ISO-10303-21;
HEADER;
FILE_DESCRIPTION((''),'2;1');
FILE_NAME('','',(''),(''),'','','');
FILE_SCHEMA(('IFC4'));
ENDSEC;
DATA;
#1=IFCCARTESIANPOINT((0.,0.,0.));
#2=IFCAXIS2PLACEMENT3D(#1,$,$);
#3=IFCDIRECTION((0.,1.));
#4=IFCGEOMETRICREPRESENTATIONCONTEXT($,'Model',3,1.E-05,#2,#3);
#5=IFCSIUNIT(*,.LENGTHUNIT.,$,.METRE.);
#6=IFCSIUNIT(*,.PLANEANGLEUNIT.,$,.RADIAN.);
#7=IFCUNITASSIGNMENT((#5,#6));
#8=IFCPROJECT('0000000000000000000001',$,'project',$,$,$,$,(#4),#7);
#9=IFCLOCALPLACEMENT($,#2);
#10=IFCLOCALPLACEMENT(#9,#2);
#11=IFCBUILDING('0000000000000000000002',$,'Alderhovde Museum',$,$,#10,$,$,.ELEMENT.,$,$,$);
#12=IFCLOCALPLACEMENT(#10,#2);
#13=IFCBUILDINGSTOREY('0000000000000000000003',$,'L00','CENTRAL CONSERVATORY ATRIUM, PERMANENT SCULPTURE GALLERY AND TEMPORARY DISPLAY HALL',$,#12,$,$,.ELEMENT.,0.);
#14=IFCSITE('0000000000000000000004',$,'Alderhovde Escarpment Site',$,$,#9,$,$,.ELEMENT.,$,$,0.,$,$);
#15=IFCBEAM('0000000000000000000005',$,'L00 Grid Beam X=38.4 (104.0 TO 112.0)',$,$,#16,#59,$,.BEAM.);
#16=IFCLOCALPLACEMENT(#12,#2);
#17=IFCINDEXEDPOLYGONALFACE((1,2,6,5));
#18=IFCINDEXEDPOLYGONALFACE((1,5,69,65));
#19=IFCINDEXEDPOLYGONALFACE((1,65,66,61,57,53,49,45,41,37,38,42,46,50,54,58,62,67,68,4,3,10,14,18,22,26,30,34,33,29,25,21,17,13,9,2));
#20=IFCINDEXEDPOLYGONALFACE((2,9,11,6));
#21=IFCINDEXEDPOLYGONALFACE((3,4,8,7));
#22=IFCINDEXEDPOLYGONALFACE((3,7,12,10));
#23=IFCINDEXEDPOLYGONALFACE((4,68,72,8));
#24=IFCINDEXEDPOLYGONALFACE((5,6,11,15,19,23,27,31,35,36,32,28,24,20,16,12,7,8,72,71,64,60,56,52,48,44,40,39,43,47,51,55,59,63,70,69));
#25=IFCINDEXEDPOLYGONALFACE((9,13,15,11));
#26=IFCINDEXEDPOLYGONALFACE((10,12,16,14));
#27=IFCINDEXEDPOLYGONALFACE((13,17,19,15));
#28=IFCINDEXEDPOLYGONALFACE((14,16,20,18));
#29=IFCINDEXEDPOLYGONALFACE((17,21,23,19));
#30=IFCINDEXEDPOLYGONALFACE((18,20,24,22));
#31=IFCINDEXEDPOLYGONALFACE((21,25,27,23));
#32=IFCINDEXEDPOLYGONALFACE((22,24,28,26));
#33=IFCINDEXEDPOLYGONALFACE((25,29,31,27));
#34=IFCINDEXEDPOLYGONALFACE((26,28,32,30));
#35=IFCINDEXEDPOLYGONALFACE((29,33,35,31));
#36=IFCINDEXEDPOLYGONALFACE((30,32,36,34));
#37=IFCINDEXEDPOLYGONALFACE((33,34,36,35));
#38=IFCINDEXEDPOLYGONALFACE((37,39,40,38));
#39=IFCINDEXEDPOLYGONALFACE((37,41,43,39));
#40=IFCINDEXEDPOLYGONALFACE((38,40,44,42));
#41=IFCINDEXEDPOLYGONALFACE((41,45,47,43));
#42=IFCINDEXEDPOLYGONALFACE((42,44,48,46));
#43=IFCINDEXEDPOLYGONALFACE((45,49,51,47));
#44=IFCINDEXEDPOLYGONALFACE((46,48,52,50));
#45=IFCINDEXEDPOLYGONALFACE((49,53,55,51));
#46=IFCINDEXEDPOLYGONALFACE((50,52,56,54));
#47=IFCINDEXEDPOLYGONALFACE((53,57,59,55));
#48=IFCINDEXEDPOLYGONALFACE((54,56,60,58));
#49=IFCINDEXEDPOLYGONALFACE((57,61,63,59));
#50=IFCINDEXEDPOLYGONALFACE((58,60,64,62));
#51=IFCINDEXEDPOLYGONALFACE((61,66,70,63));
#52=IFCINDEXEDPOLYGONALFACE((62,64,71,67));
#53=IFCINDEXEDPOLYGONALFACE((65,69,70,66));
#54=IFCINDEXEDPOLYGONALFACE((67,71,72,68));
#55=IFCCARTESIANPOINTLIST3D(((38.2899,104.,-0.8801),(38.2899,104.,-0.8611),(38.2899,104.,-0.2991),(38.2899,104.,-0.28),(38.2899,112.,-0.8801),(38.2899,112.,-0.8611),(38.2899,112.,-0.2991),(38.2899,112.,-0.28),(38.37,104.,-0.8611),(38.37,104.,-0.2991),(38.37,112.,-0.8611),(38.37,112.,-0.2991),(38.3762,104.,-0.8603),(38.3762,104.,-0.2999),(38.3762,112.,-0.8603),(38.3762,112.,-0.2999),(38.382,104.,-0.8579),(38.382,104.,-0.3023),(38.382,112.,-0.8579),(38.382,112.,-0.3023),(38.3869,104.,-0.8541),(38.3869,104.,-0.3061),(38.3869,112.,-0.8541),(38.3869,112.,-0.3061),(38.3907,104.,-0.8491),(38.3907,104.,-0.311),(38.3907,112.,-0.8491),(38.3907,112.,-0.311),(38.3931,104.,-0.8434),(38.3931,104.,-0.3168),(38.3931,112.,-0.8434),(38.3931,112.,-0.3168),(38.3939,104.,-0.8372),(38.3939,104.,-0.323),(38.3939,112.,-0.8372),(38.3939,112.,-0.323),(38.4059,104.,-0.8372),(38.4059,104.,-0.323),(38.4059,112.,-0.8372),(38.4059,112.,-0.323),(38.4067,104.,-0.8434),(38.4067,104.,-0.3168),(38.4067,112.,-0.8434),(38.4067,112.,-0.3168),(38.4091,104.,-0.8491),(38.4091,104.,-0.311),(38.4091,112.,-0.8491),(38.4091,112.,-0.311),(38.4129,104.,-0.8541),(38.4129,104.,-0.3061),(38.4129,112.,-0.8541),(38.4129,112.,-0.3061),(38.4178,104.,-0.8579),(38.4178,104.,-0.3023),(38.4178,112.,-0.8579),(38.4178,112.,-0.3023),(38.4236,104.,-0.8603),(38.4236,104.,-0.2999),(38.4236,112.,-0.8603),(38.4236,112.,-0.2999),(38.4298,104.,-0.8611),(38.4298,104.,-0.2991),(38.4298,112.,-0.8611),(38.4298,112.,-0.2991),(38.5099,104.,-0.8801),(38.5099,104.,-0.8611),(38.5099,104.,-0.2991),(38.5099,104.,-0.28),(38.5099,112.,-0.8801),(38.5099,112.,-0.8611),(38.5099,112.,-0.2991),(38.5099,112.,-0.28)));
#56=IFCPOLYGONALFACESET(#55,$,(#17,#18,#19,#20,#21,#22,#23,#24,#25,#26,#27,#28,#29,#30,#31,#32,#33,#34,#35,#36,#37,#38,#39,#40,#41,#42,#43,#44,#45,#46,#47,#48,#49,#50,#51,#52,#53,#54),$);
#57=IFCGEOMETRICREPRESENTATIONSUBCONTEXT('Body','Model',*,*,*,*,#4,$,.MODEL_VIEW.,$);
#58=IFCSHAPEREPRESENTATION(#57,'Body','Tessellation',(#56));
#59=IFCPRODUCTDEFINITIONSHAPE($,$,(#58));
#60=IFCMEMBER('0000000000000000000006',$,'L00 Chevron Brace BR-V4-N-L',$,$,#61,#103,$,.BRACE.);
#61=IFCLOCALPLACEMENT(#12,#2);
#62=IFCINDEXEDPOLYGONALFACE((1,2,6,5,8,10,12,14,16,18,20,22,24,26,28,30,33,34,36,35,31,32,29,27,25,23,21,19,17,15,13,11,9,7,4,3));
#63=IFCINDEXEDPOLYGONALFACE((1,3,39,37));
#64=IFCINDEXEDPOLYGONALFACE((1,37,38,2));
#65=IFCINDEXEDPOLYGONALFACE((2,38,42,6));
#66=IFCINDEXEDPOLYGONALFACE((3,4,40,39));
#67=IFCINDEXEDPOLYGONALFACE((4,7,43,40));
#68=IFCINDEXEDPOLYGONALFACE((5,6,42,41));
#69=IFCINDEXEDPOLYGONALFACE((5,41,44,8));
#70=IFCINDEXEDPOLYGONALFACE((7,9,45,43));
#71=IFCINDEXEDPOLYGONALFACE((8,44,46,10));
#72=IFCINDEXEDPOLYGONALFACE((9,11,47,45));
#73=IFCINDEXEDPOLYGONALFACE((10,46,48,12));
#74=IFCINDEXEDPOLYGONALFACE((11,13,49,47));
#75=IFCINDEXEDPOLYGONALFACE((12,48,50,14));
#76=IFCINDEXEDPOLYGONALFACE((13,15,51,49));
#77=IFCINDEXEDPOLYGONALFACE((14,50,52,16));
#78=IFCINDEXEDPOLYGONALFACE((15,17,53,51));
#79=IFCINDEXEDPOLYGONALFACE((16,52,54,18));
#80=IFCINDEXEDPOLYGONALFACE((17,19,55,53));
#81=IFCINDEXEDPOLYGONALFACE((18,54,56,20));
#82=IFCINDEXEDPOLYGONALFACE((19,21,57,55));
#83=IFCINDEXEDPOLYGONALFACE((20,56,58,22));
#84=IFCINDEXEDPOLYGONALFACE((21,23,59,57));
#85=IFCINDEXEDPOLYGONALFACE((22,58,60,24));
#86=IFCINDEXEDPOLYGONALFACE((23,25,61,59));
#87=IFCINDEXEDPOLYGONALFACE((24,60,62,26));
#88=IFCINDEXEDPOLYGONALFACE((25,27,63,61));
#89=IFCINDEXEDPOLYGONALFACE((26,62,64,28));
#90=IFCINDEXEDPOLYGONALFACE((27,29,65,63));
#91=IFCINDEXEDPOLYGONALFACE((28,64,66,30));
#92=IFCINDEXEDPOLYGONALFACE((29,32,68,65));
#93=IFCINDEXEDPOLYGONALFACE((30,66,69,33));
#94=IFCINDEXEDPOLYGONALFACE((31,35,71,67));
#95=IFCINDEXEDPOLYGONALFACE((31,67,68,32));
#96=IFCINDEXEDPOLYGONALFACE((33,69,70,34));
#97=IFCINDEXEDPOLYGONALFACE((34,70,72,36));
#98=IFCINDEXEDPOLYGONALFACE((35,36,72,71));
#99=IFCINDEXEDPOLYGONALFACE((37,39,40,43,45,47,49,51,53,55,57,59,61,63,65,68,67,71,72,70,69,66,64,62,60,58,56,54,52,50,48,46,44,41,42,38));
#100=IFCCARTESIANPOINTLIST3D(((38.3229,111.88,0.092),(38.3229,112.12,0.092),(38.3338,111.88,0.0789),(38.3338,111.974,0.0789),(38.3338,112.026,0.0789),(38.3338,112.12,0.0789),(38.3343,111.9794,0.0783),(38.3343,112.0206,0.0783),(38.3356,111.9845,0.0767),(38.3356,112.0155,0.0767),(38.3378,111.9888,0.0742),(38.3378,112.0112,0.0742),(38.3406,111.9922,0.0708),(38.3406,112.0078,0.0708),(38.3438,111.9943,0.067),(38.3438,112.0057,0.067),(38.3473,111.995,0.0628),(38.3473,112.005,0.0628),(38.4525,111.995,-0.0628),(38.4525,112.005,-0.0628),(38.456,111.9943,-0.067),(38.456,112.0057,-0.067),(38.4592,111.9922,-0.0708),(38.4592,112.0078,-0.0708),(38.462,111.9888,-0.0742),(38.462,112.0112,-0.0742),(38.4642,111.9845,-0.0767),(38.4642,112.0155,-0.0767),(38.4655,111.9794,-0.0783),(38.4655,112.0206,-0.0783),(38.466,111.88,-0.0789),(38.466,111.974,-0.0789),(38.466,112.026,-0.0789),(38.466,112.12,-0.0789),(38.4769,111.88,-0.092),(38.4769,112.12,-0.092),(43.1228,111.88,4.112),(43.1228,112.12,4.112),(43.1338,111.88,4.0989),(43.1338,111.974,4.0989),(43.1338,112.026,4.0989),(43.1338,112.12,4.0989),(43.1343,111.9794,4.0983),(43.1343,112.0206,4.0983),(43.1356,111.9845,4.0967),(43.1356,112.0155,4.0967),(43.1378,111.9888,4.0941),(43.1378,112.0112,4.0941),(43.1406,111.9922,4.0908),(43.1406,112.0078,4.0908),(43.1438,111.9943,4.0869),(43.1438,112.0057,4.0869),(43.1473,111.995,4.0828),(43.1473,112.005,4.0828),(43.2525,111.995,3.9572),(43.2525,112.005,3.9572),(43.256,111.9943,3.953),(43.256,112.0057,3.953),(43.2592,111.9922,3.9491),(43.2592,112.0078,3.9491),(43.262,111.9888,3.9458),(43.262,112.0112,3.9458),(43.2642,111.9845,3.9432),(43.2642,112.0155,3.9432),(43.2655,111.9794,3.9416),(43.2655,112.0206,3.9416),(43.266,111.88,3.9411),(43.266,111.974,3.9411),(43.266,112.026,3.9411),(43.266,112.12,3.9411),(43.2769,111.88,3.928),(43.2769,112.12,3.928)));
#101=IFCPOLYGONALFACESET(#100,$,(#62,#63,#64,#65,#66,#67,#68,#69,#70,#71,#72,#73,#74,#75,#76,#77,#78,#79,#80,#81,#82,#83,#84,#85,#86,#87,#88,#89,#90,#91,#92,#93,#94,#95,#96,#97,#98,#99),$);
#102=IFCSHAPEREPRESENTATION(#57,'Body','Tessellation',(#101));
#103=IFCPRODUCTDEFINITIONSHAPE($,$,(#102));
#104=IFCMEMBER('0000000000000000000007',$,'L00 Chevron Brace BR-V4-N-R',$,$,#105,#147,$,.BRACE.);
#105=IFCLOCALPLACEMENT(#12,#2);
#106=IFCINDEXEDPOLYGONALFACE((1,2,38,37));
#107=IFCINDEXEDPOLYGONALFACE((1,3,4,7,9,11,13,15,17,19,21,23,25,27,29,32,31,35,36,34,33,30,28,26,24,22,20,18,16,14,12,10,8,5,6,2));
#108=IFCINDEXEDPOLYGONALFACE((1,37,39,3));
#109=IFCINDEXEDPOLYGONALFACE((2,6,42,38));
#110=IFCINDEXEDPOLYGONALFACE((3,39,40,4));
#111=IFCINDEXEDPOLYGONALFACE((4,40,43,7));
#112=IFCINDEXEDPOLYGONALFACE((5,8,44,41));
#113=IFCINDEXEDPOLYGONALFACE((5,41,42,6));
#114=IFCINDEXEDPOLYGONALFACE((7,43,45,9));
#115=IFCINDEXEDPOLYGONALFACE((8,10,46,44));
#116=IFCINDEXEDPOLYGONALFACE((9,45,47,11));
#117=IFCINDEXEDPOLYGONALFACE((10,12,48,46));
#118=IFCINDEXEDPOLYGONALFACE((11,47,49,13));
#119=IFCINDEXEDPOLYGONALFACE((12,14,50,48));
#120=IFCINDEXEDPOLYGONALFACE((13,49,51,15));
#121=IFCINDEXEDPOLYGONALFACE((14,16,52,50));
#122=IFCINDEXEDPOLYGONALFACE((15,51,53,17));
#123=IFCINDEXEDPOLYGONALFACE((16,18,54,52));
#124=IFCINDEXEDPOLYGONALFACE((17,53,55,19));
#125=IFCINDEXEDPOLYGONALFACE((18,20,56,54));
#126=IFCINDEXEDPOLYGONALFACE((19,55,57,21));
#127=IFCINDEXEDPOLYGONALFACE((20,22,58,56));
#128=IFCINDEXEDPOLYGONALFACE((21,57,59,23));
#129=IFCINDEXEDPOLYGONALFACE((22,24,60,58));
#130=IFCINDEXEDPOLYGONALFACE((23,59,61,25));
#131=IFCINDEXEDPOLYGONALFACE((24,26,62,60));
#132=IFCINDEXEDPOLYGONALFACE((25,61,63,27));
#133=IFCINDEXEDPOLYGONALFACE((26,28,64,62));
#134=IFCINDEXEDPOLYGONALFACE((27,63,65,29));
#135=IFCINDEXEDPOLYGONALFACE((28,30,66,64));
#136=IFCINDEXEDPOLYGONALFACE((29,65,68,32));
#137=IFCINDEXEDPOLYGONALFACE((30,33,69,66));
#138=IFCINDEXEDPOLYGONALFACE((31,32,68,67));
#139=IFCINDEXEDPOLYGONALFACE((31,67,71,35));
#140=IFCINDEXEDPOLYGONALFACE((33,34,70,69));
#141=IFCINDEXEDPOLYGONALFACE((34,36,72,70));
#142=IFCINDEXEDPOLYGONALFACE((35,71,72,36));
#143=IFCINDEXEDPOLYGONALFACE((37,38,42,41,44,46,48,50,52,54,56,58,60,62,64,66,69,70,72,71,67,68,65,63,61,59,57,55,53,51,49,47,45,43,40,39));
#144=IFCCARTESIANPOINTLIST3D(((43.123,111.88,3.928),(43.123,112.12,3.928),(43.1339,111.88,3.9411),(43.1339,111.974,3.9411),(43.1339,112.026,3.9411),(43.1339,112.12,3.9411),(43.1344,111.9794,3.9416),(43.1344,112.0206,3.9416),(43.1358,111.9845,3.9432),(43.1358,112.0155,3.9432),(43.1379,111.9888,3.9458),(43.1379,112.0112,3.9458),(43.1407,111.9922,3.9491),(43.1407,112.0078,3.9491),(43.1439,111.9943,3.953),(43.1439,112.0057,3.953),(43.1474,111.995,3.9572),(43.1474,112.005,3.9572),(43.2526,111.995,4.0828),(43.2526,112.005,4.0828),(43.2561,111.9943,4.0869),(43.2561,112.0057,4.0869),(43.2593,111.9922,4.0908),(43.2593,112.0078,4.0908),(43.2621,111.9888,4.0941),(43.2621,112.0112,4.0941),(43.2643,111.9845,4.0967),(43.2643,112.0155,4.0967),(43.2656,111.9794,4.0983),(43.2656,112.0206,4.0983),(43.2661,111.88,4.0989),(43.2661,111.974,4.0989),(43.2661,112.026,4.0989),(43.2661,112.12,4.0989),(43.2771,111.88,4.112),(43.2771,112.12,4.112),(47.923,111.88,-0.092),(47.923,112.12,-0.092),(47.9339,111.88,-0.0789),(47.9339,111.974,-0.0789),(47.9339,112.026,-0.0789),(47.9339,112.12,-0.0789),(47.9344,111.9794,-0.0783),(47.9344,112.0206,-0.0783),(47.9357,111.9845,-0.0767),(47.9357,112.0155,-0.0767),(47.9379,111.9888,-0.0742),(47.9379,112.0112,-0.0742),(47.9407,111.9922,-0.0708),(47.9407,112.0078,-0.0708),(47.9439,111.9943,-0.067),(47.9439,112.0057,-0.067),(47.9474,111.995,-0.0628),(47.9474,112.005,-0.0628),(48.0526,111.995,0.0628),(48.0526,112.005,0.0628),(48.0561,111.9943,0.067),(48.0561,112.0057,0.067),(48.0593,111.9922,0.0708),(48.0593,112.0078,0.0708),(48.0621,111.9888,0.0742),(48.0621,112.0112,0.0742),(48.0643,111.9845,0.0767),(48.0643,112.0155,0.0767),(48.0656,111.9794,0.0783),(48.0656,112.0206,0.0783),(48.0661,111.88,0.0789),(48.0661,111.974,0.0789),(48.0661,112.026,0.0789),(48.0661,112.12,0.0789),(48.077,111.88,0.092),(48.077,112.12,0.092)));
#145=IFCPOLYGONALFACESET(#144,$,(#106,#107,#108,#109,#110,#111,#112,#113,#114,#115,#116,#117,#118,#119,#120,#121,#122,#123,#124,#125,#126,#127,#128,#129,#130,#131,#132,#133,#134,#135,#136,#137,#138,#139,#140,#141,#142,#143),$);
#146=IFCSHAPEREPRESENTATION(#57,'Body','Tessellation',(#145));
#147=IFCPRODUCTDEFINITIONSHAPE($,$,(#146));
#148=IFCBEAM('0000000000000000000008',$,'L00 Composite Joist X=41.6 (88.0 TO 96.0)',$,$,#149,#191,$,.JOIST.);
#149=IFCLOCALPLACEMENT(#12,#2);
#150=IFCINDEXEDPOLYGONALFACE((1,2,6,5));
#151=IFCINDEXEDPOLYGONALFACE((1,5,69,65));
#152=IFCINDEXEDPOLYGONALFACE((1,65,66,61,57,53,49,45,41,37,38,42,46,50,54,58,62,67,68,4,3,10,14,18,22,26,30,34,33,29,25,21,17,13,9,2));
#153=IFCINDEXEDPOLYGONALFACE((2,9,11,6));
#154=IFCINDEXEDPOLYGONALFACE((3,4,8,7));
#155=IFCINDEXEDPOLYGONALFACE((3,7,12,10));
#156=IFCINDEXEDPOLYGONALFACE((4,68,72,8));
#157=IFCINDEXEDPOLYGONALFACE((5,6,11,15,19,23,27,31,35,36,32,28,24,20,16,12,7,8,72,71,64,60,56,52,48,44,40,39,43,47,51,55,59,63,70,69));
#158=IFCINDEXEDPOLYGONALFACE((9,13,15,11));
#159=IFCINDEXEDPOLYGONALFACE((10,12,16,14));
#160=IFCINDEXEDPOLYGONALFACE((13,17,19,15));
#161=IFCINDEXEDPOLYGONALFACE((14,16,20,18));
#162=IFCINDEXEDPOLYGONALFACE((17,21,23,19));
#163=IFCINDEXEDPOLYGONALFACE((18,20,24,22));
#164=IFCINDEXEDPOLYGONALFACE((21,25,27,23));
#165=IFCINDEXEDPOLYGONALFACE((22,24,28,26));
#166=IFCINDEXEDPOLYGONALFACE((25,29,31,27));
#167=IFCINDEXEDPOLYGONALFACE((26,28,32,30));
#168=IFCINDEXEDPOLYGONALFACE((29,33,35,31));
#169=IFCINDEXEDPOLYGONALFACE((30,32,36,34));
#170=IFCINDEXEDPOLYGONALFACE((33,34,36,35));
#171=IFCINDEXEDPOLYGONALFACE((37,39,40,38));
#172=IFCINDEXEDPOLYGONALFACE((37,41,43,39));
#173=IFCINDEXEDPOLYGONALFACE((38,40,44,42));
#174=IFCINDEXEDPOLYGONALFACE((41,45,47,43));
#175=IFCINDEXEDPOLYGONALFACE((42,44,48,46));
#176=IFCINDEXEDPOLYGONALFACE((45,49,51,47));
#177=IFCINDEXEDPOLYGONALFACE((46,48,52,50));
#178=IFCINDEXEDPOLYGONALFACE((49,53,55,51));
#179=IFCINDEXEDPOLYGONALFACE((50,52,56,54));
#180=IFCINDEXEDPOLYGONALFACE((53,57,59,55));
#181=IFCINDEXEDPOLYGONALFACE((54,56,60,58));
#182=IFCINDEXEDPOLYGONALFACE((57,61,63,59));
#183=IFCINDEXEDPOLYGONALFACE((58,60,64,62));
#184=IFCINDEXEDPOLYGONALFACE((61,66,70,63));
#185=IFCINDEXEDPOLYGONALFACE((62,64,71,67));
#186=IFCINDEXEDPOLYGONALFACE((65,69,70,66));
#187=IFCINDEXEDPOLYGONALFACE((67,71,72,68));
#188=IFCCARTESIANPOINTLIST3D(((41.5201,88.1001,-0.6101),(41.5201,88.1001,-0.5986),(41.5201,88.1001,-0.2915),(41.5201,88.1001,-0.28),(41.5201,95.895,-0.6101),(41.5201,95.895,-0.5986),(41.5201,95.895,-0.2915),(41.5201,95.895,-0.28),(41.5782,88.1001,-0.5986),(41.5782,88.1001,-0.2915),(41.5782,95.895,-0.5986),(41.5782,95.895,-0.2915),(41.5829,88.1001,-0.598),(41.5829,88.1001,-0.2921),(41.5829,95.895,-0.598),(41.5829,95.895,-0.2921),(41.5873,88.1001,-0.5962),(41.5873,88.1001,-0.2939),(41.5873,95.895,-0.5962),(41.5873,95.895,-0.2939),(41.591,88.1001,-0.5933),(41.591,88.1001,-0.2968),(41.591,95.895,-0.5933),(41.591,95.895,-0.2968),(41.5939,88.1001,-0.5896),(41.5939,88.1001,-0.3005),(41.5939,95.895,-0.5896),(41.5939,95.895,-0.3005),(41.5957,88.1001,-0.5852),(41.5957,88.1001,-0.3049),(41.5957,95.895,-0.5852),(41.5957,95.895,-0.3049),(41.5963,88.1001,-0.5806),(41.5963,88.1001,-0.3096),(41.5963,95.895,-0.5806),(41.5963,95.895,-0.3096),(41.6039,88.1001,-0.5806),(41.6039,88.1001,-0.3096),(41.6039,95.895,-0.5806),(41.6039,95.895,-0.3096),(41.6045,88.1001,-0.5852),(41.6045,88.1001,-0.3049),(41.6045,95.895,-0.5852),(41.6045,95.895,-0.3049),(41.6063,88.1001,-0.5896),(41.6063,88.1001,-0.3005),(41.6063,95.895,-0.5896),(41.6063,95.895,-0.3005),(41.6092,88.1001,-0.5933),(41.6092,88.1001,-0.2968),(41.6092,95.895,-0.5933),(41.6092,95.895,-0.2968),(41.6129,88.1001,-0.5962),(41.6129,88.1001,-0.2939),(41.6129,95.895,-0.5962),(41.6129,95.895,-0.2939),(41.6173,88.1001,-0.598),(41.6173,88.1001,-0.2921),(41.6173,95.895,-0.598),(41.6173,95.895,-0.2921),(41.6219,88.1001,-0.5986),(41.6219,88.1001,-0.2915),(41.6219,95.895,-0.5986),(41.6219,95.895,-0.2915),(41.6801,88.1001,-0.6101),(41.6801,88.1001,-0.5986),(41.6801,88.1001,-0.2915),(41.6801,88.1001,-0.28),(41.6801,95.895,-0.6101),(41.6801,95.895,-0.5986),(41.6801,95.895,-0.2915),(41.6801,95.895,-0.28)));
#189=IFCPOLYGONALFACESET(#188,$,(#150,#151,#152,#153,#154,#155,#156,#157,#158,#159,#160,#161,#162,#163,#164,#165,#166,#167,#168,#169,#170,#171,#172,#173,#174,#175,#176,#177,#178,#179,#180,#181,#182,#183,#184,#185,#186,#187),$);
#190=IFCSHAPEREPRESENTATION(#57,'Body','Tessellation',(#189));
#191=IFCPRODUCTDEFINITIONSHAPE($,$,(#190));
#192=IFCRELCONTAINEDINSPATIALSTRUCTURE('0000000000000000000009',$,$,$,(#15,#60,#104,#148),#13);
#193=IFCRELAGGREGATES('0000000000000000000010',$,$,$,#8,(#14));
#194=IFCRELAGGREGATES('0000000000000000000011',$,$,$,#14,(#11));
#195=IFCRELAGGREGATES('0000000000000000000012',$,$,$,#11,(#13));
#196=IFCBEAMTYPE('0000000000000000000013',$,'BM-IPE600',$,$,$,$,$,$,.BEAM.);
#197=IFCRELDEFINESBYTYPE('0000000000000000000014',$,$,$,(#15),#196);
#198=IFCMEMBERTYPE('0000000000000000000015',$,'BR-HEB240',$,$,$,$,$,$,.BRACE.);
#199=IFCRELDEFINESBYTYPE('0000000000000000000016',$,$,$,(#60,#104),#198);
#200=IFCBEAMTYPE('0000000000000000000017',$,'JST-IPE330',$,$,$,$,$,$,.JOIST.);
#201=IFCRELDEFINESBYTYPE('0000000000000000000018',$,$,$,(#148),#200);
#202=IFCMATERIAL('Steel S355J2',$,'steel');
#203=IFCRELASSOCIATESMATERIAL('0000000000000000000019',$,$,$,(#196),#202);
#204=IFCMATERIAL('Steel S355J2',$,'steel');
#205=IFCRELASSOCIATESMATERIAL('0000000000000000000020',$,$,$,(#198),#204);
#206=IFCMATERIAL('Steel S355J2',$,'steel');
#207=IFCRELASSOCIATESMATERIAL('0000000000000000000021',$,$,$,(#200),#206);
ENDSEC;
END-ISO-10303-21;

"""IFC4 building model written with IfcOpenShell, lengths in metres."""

from ifc_helpers import new_model, si_unit, direction, frame, origin, origin_2d, place, context, subcontext, project, spatial, i_section, extrude, material, material_profile, profile_set, type_object, element, save


model = new_model("IFC4")

# Units and contexts
model_context = context("Model", 3, precision=1e-05, world=origin(), true_north=direction((0.0, 1.0)))
body_context = subcontext(model_context, "Body", "Model", "MODEL_VIEW")
ifc_project = project(units=[si_unit("LENGTHUNIT", "METRE"), si_unit("PLANEANGLEUNIT", "RADIAN")], contexts=[model_context])

# Site, building, storey
site_placement = place(None, origin())
site = spatial("IfcSite", under=ifc_project, at=site_placement, Name="Alderhovde Escarpment Site", CompositionType="ELEMENT", RefElevation=0.0)
building_placement = place(site_placement, origin())
building = spatial("IfcBuilding", under=site, at=building_placement, Name="Alderhovde Museum", CompositionType="ELEMENT")
storey_placement = place(building_placement, origin())
storey = spatial("IfcBuildingStorey", under=building, at=storey_placement, Name="L00", Description="CENTRAL CONSERVATORY ATRIUM, PERMANENT SCULPTURE GALLERY AND TEMPORARY DISPLAY HALL", CompositionType="ELEMENT", Elevation=0.0)

# Beam
ifc_material_1 = material(Name="Steel S355J2", Category="steel")
ifc_material_profile_1 = material_profile(ifc_material_1, i_section(OverallWidth=0.22, OverallDepth=0.6001, WebThickness=0.012, FlangeThickness=0.019, FilletRadius=0.0239, at=origin_2d()), Name="IPE 600")
ifc_profile_set_1 = profile_set([ifc_material_profile_1], Name="Steel S355J2")
beam_type_1 = type_object("IfcBeamType", Name="BM-IPE600", PredefinedType="BEAM", material=ifc_profile_set_1)
beam_1_placement = place(storey_placement, frame((38.3999, 104.0, -0.5801), z_axis=(0.0, 1.0, 0.0), x_axis=(-1.0, 0.0, 0.0)))
element("IfcBeam", 1, at=beam_1_placement, inside=storey, type_object=beam_type_1, Name="L00 Grid Beam X=38.4 (104.0 TO 112.0)", PredefinedType="BEAM", context=body_context, shape_type="SweptSolid", body=[
    extrude(i_section(OverallWidth=0.22, OverallDepth=0.6001, WebThickness=0.012, FlangeThickness=0.019, FilletRadius=0.0239, at=origin_2d()), origin(), (0.0, 0.0, 1.0), 8.0),
])

# Members
ifc_material_2 = material(Name="Steel S355J2", Category="steel")
ifc_material_profile_2 = material_profile(ifc_material_2, i_section(OverallWidth=0.24, OverallDepth=0.24, WebThickness=0.01, FlangeThickness=0.0171, FilletRadius=0.021, at=origin_2d()), Name="HEB 240")
ifc_profile_set_2 = profile_set([ifc_material_profile_2], Name="Steel S355J2")
member_type = type_object("IfcMemberType", Name="BR-HEB240", PredefinedType="BRACE", material=ifc_profile_set_2)
for number, where, z_axis, x_axis, name in (
    (2, (38.3999, 112.0, 0.0), (0.76665, 0.0, 0.642066), (0.0, 1.0, 0.0), "L00 Chevron Brace BR-V4-N-L"),
    (3, (48.0, 112.0, 0.0), (-0.76665, 0.0, 0.642066), (0.0, -1.0, 0.0), "L00 Chevron Brace BR-V4-N-R"),
):
    element("IfcMember", number, at=place(storey_placement, frame(where, z_axis=z_axis, x_axis=x_axis)), inside=storey, type_object=member_type, Name=name, PredefinedType="BRACE", context=body_context, shape_type="SweptSolid", body=[
        extrude(i_section(OverallWidth=0.24, OverallDepth=0.24, WebThickness=0.01, FlangeThickness=0.0171, FilletRadius=0.021, at=origin_2d()), origin(), (0.0, 0.0, 1.0), 6.261),
    ])

# Beam
ifc_material_3 = material(Name="Steel S355J2", Category="steel")
ifc_material_profile_3 = material_profile(ifc_material_3, i_section(OverallWidth=0.1599, OverallDepth=0.3301, WebThickness=0.0076, FlangeThickness=0.0115, FilletRadius=0.0181, at=origin_2d()), Name="IPE 330")
ifc_profile_set_3 = profile_set([ifc_material_profile_3], Name="Steel S355J2")
beam_type_2 = type_object("IfcBeamType", Name="JST-IPE330", PredefinedType="JOIST", material=ifc_profile_set_3)
for number, where, z_axis, x_axis, name in (
    (4, (41.6001, 88.1001, -0.4451), (0.0, 1.0, 0.0), (-1.0, 0.0, 0.0), "L00 Composite Joist X=41.6 (88.0 TO 96.0)"),
):
    element("IfcBeam", number, at=place(storey_placement, frame(where, z_axis=z_axis, x_axis=x_axis)), inside=storey, type_object=beam_type_2, Name=name, PredefinedType="JOIST", context=body_context, shape_type="SweptSolid", body=[
        extrude(i_section(OverallWidth=0.1599, OverallDepth=0.3301, WebThickness=0.0076, FlangeThickness=0.0115, FilletRadius=0.0181, at=origin_2d()), origin(), (0.0, 0.0, 1.0), 7.7949),
    ])

save(model, "model.ifc")
